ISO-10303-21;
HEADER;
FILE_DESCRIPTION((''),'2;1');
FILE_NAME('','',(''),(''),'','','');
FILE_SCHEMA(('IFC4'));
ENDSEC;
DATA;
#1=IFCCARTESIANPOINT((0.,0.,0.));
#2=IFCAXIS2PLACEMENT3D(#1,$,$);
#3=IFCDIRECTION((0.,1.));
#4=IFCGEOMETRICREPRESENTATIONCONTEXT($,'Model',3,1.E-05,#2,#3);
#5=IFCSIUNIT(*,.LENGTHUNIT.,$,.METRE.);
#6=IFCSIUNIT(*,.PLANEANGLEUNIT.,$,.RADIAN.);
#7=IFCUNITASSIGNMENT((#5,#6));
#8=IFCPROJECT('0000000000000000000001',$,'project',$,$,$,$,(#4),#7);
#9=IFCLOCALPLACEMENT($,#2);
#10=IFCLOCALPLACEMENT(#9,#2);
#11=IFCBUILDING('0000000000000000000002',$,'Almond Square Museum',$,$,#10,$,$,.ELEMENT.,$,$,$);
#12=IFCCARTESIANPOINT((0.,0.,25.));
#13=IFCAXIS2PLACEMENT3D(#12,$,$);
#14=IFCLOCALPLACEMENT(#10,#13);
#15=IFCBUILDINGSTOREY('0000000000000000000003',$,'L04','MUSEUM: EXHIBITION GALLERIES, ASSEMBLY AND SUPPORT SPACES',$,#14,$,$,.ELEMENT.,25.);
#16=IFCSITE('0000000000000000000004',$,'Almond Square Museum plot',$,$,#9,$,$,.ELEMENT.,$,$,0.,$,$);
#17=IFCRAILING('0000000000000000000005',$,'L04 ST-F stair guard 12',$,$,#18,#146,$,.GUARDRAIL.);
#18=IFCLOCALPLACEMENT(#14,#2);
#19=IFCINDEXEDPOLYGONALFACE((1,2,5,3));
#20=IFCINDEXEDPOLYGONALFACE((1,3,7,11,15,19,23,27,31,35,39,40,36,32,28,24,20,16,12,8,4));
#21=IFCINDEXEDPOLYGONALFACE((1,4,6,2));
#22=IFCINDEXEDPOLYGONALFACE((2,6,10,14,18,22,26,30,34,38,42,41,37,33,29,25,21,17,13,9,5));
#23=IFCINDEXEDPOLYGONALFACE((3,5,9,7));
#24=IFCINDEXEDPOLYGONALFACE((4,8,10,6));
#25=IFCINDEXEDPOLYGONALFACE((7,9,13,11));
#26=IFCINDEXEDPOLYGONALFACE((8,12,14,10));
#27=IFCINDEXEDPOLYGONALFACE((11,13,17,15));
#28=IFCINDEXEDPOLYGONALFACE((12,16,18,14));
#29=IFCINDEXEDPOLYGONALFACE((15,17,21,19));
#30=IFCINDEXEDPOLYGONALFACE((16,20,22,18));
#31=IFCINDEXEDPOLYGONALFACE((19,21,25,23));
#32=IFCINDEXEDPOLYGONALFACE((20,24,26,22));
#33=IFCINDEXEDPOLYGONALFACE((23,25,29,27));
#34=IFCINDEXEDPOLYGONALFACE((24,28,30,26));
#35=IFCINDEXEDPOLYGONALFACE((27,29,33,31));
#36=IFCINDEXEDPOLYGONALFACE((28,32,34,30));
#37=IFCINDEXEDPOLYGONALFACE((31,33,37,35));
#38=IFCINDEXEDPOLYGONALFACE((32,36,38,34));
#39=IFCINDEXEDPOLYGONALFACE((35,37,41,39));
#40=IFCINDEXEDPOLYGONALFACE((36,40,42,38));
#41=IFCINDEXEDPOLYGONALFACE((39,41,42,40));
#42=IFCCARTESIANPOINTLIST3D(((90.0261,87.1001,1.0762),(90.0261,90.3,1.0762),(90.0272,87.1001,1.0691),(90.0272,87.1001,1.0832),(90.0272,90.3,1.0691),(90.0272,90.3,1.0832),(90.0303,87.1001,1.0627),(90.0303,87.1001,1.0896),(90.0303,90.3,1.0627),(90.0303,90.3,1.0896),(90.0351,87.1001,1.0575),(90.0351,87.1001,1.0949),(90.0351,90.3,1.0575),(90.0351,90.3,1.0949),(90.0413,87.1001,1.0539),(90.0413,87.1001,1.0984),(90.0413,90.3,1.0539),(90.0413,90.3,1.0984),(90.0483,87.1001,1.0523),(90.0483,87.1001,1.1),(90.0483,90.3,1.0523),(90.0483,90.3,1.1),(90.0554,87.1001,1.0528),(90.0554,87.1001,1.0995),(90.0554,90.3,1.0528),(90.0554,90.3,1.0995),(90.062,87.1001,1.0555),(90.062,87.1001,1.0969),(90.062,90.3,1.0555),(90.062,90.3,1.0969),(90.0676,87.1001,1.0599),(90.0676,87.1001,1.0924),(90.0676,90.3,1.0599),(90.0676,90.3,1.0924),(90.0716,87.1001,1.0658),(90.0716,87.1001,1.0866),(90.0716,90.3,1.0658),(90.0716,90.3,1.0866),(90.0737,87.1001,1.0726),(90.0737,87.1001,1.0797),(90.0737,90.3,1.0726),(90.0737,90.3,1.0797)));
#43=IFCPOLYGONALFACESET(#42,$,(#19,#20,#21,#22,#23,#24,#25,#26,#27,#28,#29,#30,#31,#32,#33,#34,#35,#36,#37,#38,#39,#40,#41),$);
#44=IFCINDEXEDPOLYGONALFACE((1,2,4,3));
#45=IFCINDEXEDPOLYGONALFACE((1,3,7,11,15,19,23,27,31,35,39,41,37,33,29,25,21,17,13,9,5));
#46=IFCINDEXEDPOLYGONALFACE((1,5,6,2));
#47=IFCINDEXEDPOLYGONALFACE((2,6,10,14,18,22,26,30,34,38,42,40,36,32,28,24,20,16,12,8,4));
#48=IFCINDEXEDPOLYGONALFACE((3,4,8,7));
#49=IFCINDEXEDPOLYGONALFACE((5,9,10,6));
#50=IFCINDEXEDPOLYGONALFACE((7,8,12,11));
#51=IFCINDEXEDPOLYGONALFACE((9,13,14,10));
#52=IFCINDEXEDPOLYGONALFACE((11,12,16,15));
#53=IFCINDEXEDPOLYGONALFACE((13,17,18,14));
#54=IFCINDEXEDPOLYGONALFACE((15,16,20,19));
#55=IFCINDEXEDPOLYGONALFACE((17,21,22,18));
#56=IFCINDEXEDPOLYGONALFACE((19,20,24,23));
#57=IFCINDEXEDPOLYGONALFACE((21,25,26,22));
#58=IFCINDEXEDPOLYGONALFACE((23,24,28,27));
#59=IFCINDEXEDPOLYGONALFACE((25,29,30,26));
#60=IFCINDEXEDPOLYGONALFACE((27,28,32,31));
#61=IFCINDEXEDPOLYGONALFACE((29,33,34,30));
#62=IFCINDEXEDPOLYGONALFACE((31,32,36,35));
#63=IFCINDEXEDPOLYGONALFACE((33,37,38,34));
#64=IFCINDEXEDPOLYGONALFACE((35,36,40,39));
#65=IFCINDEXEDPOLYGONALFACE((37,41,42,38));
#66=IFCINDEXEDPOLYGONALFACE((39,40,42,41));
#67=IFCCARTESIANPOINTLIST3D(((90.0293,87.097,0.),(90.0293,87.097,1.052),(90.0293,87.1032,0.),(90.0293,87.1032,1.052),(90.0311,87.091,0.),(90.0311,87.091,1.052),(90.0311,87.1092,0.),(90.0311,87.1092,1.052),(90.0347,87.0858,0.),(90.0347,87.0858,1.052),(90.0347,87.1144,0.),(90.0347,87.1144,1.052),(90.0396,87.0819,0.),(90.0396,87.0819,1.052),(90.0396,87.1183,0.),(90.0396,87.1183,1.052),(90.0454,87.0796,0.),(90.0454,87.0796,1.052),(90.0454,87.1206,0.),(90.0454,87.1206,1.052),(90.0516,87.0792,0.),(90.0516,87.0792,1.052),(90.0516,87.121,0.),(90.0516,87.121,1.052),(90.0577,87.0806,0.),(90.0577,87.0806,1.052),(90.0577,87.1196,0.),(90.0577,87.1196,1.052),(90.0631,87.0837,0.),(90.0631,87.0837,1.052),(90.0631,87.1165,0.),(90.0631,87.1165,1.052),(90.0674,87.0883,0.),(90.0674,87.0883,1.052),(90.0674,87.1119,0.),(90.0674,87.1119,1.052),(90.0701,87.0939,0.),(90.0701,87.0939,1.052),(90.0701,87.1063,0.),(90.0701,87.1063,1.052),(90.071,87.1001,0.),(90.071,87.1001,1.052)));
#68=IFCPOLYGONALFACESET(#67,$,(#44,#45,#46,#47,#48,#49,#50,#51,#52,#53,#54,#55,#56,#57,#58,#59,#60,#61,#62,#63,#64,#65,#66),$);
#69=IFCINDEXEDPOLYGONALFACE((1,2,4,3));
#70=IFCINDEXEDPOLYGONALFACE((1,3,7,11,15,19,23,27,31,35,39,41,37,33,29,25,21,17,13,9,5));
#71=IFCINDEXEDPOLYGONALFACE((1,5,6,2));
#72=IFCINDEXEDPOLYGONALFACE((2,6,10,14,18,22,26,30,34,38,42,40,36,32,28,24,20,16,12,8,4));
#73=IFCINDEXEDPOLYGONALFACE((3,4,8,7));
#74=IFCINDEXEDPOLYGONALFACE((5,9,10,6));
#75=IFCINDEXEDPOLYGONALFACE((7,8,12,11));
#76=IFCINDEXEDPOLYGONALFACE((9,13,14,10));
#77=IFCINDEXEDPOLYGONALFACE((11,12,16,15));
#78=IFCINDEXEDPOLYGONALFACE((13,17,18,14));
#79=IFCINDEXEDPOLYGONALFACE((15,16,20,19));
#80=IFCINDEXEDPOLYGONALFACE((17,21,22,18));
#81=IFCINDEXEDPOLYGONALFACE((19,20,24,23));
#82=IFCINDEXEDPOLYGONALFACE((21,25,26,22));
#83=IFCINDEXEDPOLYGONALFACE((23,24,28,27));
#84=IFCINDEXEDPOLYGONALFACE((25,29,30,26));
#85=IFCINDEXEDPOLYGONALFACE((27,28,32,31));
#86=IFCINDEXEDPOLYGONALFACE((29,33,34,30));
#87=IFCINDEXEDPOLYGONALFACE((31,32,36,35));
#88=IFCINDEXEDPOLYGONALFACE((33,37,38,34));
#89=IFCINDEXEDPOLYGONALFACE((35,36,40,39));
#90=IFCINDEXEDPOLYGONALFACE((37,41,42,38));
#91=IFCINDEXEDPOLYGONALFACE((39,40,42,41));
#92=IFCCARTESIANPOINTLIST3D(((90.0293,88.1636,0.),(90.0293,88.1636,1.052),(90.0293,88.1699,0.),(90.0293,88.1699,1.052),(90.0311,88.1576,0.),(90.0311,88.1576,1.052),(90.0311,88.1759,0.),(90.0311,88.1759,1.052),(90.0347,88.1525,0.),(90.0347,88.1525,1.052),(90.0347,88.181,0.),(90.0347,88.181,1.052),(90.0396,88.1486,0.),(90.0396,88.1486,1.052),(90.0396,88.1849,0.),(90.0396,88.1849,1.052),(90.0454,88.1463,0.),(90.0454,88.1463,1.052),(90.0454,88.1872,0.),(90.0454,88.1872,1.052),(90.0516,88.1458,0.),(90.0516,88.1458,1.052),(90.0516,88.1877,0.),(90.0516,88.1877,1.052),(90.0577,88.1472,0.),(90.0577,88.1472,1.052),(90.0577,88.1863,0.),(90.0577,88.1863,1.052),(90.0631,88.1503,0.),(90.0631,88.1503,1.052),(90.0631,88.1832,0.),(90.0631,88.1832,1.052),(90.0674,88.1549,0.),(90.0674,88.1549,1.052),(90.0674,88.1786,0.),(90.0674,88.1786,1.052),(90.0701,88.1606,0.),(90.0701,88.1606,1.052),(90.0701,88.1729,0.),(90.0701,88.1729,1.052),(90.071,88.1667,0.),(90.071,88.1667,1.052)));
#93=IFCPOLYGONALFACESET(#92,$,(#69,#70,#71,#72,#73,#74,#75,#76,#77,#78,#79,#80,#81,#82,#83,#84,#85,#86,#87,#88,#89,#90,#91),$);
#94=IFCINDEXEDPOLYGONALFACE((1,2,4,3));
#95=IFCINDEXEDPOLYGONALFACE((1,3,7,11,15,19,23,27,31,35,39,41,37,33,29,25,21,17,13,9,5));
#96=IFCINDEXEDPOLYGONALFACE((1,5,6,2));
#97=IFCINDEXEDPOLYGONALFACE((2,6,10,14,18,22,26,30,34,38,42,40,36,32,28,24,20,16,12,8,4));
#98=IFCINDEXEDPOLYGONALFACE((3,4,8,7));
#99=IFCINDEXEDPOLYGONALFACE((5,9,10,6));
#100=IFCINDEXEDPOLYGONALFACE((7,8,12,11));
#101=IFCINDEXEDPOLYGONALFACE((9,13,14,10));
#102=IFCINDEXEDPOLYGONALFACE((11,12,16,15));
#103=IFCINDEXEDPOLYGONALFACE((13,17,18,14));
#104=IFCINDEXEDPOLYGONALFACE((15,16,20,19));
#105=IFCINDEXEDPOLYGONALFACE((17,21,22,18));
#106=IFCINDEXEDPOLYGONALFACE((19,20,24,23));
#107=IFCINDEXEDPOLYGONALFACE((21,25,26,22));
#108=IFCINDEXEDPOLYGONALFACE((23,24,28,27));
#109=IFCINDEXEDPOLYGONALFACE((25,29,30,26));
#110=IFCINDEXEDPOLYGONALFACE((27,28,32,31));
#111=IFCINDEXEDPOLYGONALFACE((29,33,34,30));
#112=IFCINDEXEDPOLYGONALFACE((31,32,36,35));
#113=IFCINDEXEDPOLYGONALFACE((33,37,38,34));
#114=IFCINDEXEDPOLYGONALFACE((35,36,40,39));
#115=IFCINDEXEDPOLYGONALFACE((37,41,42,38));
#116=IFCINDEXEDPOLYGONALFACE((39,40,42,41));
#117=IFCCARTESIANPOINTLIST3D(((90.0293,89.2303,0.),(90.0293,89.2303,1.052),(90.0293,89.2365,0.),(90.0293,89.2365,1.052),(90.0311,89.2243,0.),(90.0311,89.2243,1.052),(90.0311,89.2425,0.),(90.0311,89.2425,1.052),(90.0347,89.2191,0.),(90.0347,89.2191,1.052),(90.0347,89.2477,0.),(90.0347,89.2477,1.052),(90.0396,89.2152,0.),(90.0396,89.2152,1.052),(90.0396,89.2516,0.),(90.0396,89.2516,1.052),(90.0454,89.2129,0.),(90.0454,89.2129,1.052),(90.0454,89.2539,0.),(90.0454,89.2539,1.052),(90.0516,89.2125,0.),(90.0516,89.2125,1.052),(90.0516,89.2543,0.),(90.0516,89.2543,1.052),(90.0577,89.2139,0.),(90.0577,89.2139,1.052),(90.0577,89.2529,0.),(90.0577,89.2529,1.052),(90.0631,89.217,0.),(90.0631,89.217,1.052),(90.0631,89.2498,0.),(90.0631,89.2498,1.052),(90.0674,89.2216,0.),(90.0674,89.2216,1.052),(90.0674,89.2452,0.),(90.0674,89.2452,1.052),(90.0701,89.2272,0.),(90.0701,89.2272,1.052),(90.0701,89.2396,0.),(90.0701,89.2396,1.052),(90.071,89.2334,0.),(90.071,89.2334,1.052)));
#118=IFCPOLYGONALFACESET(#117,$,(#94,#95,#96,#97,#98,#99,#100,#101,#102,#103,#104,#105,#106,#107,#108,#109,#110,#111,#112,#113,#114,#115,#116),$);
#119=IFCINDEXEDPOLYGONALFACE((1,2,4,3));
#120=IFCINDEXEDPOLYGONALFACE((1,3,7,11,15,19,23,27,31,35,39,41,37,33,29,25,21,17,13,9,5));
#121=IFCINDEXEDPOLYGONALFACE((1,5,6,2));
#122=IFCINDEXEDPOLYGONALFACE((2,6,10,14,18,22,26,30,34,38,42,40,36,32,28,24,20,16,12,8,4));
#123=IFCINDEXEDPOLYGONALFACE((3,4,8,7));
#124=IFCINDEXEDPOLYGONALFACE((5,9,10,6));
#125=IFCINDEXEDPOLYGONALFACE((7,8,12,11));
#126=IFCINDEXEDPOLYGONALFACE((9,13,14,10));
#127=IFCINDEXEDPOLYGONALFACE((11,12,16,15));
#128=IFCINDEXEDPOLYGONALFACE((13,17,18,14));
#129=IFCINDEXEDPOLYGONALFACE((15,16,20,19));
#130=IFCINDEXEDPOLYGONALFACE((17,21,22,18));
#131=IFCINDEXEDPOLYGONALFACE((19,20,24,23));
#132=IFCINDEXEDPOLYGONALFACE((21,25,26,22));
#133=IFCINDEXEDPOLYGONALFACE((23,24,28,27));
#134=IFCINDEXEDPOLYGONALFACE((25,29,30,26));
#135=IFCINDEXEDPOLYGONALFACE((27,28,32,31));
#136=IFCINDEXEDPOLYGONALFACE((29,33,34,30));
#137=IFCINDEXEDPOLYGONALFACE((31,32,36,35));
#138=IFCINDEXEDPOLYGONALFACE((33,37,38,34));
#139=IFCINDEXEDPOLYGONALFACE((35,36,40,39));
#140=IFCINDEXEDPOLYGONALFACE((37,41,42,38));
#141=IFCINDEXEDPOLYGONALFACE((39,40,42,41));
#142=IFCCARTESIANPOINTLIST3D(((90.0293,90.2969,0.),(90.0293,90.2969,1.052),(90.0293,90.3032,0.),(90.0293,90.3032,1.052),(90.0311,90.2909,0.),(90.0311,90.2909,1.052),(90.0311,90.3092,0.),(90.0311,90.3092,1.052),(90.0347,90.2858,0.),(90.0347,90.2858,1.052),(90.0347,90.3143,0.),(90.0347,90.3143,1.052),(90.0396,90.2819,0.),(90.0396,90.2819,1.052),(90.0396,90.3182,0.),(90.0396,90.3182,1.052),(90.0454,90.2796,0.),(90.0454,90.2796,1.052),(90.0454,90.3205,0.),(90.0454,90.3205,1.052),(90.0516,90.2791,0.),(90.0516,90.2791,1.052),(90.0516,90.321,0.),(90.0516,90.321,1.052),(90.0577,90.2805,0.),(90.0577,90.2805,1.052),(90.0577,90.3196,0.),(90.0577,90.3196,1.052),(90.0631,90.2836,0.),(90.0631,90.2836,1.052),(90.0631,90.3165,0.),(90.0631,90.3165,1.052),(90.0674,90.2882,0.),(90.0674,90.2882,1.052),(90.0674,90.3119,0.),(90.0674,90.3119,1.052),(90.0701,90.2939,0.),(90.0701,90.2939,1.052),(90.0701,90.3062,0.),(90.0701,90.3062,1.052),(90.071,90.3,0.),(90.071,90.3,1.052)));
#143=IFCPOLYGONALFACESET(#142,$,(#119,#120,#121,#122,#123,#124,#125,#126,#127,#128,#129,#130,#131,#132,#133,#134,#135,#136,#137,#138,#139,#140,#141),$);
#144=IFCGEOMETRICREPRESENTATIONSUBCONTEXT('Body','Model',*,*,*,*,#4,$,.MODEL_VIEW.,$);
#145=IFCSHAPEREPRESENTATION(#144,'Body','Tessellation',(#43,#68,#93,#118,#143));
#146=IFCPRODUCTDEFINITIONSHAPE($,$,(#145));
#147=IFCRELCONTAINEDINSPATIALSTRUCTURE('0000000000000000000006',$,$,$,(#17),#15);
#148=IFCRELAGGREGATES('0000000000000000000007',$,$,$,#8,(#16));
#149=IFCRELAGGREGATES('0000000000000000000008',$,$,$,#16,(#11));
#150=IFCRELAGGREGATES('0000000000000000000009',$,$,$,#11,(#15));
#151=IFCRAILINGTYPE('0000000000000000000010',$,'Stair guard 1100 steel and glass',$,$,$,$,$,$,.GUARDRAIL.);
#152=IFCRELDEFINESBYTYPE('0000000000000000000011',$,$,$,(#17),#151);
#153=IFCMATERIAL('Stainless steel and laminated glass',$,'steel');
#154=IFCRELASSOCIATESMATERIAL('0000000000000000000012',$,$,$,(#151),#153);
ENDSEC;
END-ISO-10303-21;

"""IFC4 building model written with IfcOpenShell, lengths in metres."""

from ifc_helpers import new_model, si_unit, direction, frame, origin, origin_2d, place, context, subcontext, project, spatial, circle, extrude, material, type_object, element, save


model = new_model("IFC4")

# Units and contexts
model_context = context("Model", 3, precision=1e-05, world=origin(), true_north=direction((0.0, 1.0)))
body_context = subcontext(model_context, "Body", "Model", "MODEL_VIEW")
ifc_project = project(units=[si_unit("LENGTHUNIT", "METRE"), si_unit("PLANEANGLEUNIT", "RADIAN")], contexts=[model_context])

# Site, building, storey
site_placement = place(None, origin())
site = spatial("IfcSite", under=ifc_project, at=site_placement, Name="Almond Square Museum plot", CompositionType="ELEMENT", RefElevation=0.0)
building_placement = place(site_placement, origin())
building = spatial("IfcBuilding", under=site, at=building_placement, Name="Almond Square Museum", CompositionType="ELEMENT")
storey_placement = place(building_placement, frame((0.0, 0.0, 25.0)))
storey = spatial("IfcBuildingStorey", under=building, at=storey_placement, Name="L04", Description="MUSEUM: EXHIBITION GALLERIES, ASSEMBLY AND SUPPORT SPACES", CompositionType="ELEMENT", Elevation=25.0)

# Railing
ifc_material_1 = material(Name="Stainless steel and laminated glass", Category="steel")
railing_type_1 = type_object("IfcRailingType", Name="Stair guard 1100 steel and glass", PredefinedType="GUARDRAIL", material=ifc_material_1)
railing_1_placement = place(storey_placement, frame((90.05, 87.1001, 0.0)))
element("IfcRailing", 1, at=railing_1_placement, inside=storey, type_object=railing_type_1, Name="L04 ST-F stair guard 12", PredefinedType="GUARDRAIL", context=body_context, shape_type="SweptSolid", body=[
    extrude(circle(Radius=0.0239, at=origin_2d()), frame((0.0, 0.0, 1.0762), z_axis=(0.0, 1.0, 0.0), x_axis=(-1.0, 0.0, 0.0)), (0.0, 0.0, 1.0), 3.2),
    extrude(circle(Radius=0.021, at=origin_2d()), origin(), (0.0, 0.0, 1.0), 1.052),
    extrude(circle(Radius=0.021, at=origin_2d()), frame((0.0, 1.0667, 0.0)), (0.0, 0.0, 1.0), 1.052),
    extrude(circle(Radius=0.021, at=origin_2d()), frame((0.0, 2.1333, 0.0)), (0.0, 0.0, 1.0), 1.052),
    extrude(circle(Radius=0.021, at=origin_2d()), frame((0.0, 3.2, 0.0)), (0.0, 0.0, 1.0), 1.052),
])

save(model, "model.ifc")
